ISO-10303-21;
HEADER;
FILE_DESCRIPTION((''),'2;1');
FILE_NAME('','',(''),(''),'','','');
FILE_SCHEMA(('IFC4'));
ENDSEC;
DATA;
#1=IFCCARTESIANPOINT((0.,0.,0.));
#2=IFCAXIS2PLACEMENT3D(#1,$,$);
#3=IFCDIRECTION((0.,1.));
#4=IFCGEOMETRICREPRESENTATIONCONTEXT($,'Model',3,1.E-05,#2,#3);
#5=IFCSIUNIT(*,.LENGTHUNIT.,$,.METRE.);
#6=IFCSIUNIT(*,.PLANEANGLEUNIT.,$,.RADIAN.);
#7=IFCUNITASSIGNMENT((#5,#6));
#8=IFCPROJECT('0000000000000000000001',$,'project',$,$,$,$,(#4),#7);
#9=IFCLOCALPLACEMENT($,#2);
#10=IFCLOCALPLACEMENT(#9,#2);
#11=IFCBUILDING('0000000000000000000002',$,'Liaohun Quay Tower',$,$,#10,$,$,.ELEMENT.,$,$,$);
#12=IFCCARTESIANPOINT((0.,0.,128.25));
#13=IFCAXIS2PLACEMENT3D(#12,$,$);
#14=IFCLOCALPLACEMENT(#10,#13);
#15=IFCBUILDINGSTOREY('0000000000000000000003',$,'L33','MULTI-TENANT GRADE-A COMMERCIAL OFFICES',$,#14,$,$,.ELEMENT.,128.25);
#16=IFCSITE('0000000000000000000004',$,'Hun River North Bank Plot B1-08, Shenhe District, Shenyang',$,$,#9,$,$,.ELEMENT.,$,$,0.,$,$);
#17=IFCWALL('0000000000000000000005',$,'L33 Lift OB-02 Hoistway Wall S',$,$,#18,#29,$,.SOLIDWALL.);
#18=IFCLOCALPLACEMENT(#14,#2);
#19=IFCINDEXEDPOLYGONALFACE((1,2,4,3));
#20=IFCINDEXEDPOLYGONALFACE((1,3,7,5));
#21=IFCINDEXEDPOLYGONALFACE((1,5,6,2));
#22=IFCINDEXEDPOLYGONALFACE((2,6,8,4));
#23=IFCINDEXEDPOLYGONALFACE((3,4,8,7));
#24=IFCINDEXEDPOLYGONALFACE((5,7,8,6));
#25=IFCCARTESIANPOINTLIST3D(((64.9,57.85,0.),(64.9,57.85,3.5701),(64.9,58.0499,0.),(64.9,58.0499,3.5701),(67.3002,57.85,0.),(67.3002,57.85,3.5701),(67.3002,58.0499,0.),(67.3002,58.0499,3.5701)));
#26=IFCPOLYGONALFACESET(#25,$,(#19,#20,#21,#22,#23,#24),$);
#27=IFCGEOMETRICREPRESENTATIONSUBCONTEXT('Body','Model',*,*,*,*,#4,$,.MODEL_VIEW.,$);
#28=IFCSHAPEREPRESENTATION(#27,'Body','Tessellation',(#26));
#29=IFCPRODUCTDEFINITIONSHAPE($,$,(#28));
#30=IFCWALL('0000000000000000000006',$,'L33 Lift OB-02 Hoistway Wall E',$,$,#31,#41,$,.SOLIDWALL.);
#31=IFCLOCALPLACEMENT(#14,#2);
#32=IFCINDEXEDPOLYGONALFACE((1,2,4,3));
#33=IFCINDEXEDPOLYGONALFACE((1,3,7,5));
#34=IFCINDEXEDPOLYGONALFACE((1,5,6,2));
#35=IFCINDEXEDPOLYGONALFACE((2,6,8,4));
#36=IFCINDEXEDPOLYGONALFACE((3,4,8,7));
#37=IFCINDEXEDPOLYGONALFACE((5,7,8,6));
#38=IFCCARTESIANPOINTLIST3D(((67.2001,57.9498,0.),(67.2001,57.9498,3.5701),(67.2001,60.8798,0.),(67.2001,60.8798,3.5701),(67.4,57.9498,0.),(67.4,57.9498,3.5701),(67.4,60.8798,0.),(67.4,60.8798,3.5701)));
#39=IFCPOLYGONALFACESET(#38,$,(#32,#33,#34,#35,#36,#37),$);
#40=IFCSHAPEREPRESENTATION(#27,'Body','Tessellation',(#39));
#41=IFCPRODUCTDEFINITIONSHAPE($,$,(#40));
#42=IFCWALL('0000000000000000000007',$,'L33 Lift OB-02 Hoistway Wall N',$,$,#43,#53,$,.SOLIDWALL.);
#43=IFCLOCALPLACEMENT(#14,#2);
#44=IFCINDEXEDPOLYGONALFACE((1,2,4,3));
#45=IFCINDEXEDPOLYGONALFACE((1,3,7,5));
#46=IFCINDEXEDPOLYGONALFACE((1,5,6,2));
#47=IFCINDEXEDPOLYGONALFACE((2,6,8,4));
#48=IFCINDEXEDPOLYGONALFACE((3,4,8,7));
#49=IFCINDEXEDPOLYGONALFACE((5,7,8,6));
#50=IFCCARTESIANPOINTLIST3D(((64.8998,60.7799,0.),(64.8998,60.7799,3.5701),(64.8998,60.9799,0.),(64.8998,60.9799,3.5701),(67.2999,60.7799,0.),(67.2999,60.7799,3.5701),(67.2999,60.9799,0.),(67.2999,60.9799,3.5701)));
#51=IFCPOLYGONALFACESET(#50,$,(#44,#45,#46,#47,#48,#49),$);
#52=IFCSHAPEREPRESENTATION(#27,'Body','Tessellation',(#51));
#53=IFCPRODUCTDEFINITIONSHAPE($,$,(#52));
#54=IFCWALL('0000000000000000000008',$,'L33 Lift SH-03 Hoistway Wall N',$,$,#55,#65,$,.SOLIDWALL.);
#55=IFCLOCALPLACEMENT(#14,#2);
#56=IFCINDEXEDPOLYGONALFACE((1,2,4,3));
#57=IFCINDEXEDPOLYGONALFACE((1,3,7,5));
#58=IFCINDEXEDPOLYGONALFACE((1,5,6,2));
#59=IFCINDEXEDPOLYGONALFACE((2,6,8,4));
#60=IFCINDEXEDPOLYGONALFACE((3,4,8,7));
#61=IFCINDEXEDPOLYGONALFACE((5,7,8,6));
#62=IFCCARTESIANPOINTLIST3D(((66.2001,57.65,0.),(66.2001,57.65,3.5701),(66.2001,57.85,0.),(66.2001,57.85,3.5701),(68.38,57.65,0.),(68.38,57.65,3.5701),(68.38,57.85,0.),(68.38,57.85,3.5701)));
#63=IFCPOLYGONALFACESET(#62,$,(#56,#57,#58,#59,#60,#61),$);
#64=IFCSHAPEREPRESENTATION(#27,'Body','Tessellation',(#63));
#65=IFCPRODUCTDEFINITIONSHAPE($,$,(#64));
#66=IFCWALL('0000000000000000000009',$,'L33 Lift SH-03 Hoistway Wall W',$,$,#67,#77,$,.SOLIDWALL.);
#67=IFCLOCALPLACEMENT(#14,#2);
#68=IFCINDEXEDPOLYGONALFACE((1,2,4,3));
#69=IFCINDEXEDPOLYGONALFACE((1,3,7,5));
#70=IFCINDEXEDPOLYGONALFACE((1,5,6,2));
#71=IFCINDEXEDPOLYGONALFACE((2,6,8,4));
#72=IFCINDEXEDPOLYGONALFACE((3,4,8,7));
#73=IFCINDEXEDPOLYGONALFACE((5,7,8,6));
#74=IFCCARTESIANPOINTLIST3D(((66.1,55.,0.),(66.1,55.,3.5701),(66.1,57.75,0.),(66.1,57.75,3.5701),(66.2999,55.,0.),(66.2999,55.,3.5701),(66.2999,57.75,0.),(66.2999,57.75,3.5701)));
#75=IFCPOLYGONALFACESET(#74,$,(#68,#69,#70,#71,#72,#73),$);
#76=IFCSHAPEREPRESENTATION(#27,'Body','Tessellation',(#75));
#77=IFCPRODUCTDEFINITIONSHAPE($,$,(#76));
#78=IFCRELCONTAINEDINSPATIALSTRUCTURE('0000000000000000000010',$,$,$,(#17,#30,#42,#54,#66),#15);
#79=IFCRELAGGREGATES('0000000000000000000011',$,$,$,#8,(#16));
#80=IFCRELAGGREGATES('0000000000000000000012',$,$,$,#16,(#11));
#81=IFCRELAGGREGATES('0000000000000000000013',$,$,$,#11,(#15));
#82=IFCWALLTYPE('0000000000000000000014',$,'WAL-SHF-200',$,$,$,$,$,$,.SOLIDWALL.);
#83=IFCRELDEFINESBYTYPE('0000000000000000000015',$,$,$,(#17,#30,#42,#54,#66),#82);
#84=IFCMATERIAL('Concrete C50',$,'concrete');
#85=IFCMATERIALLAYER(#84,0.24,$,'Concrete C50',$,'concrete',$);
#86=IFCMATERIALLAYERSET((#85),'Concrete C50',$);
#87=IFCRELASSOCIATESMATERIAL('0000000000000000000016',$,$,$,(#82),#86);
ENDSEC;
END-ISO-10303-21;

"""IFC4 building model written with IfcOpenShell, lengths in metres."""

from ifc_helpers import new_model, si_unit, direction, frame, frame_2d, origin, place, context, subcontext, project, spatial, rectangle, extrude, material, layer, layer_set, type_object, element, save


model = new_model("IFC4")

# Units and contexts
model_context = context("Model", 3, precision=1e-05, world=origin(), true_north=direction((0.0, 1.0)))
body_context = subcontext(model_context, "Body", "Model", "MODEL_VIEW")
ifc_project = project(units=[si_unit("LENGTHUNIT", "METRE"), si_unit("PLANEANGLEUNIT", "RADIAN")], contexts=[model_context])

# Site, building, storey
site_placement = place(None, origin())
site = spatial("IfcSite", under=ifc_project, at=site_placement, Name="Hun River North Bank Plot B1-08, Shenhe District, Shenyang", CompositionType="ELEMENT", RefElevation=0.0)
building_placement = place(site_placement, origin())
building = spatial("IfcBuilding", under=site, at=building_placement, Name="Liaohun Quay Tower", CompositionType="ELEMENT")
storey_placement = place(building_placement, frame((0.0, 0.0, 128.25)))
storey = spatial("IfcBuildingStorey", under=building, at=storey_placement, Name="L33", Description="MULTI-TENANT GRADE-A COMMERCIAL OFFICES", CompositionType="ELEMENT", Elevation=128.25)

# Walls
ifc_material_1 = material(Name="Concrete C50", Category="concrete")
ifc_layer_1 = layer(ifc_material_1, 0.24, Name="Concrete C50", Category="concrete")
ifc_layer_set_1 = layer_set([ifc_layer_1], Name="Concrete C50")
wall_type_1 = type_object("IfcWallType", Name="WAL-SHF-200", PredefinedType="SOLIDWALL", material=ifc_layer_set_1)
wall_1_placement = place(storey_placement, frame((64.8999, 57.95, 0.0), z_axis=(0.0, 0.0, 1.0), x_axis=(1.0, 0.0, 0.0)))
element("IfcWall", 1, at=wall_1_placement, inside=storey, type_object=wall_type_1, Name="L33 Lift OB-02 Hoistway Wall S", PredefinedType="SOLIDWALL", context=body_context, shape_type="SweptSolid", body=[
    extrude(rectangle(XDim=2.4001, YDim=0.2, at=frame_2d((1.2002, 0.0))), origin(), (0.0, 0.0, 1.0), 3.5701),
])
wall_2_placement = place(storey_placement, frame((67.3, 57.95, 0.0), z_axis=(0.0, 0.0, 1.0), x_axis=(0.0, 1.0, 0.0)))
element("IfcWall", 2, at=wall_2_placement, inside=storey, type_object=wall_type_1, Name="L33 Lift OB-02 Hoistway Wall E", PredefinedType="SOLIDWALL", context=body_context, shape_type="SweptSolid", body=[
    extrude(rectangle(XDim=2.9299, YDim=0.2, at=frame_2d((1.4648, 0.0))), origin(), (0.0, 0.0, 1.0), 3.5701),
])
wall_3_placement = place(storey_placement, frame((67.3, 60.8799, 0.0), z_axis=(0.0, 0.0, 1.0), x_axis=(-1.0, 0.0, 0.0)))
element("IfcWall", 3, at=wall_3_placement, inside=storey, type_object=wall_type_1, Name="L33 Lift OB-02 Hoistway Wall N", PredefinedType="SOLIDWALL", context=body_context, shape_type="SweptSolid", body=[
    extrude(rectangle(XDim=2.4001, YDim=0.2, at=frame_2d((1.2002, 0.0))), origin(), (0.0, 0.0, 1.0), 3.5701),
])
wall_4_placement = place(storey_placement, frame((68.3799, 57.75, 0.0), z_axis=(0.0, 0.0, 1.0), x_axis=(-1.0, 0.0, 0.0)))
element("IfcWall", 4, at=wall_4_placement, inside=storey, type_object=wall_type_1, Name="L33 Lift SH-03 Hoistway Wall N", PredefinedType="SOLIDWALL", context=body_context, shape_type="SweptSolid", body=[
    extrude(rectangle(XDim=2.1799, YDim=0.2, at=frame_2d((1.0898, 0.0))), origin(), (0.0, 0.0, 1.0), 3.5701),
])
wall_5_placement = place(storey_placement, frame((66.2, 57.75, 0.0), z_axis=(0.0, 0.0, 1.0), x_axis=(0.0, -1.0, 0.0)))
element("IfcWall", 5, at=wall_5_placement, inside=storey, type_object=wall_type_1, Name="L33 Lift SH-03 Hoistway Wall W", PredefinedType="SOLIDWALL", context=body_context, shape_type="SweptSolid", body=[
    extrude(rectangle(XDim=2.75, YDim=0.2, at=frame_2d((1.375, 0.0))), origin(), (0.0, 0.0, 1.0), 3.5701),
])

save(model, "model.ifc")
